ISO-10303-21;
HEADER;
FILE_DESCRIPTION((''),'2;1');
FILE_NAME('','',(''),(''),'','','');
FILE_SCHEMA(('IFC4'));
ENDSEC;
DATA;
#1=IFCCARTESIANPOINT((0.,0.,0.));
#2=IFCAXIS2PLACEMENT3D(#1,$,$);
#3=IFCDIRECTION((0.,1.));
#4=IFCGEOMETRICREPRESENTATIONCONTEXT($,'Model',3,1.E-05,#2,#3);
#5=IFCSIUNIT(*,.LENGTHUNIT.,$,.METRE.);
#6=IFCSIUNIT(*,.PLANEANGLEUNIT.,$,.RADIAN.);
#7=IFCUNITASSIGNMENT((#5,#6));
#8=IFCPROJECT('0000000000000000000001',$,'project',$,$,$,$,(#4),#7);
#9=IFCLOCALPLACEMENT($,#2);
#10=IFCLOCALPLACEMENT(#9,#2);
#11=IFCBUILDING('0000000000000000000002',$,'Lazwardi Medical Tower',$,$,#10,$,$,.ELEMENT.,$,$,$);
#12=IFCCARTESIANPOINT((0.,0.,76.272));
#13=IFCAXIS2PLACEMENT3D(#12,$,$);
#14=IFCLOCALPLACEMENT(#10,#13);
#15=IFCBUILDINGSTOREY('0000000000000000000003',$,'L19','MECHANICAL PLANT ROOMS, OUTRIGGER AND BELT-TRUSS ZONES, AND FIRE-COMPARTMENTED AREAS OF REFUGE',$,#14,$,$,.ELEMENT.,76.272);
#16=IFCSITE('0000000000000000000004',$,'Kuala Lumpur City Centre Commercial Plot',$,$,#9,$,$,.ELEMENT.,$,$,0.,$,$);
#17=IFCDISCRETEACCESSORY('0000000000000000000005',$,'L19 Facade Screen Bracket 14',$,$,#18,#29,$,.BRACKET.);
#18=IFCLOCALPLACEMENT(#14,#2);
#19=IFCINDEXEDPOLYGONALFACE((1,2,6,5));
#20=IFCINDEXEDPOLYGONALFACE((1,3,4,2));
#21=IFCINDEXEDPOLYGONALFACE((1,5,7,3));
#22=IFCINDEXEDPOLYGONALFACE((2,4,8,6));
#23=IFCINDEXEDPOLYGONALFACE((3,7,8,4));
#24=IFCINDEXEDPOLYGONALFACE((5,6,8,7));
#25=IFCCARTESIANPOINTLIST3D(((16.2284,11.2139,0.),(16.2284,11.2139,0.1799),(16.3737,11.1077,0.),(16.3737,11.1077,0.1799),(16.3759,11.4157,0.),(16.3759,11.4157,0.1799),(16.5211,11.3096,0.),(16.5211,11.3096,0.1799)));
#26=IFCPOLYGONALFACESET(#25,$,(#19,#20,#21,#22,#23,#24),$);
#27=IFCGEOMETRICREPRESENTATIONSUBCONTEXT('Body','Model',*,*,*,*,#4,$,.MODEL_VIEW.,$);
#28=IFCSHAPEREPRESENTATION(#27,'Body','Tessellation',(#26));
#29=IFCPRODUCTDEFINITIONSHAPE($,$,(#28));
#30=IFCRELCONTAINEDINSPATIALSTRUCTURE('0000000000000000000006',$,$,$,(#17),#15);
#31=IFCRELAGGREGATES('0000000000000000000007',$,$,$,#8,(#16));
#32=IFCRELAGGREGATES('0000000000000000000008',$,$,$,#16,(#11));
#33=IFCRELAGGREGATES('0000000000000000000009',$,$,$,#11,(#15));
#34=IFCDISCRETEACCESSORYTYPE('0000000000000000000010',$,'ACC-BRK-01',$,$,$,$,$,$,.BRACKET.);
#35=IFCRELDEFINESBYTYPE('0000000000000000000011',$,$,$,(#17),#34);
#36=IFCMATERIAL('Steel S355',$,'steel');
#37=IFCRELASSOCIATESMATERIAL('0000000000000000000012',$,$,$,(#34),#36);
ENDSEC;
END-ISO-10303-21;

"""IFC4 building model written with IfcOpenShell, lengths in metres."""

from ifc_helpers import new_model, si_unit, direction, frame, origin, origin_2d, place, context, subcontext, project, spatial, rectangle, extrude, material, type_object, element, save


model = new_model("IFC4")

# Units and contexts
model_context = context("Model", 3, precision=1e-05, world=origin(), true_north=direction((0.0, 1.0)))
body_context = subcontext(model_context, "Body", "Model", "MODEL_VIEW")
ifc_project = project(units=[si_unit("LENGTHUNIT", "METRE"), si_unit("PLANEANGLEUNIT", "RADIAN")], contexts=[model_context])

# Site, building, storey
site_placement = place(None, origin())
site = spatial("IfcSite", under=ifc_project, at=site_placement, Name="Kuala Lumpur City Centre Commercial Plot", CompositionType="ELEMENT", RefElevation=0.0)
building_placement = place(site_placement, origin())
building = spatial("IfcBuilding", under=site, at=building_placement, Name="Lazwardi Medical Tower", CompositionType="ELEMENT")
storey_placement = place(building_placement, frame((0.0, 0.0, 76.272)))
storey = spatial("IfcBuildingStorey", under=building, at=storey_placement, Name="L19", Description="MECHANICAL PLANT ROOMS, OUTRIGGER AND BELT-TRUSS ZONES, AND FIRE-COMPARTMENTED AREAS OF REFUGE", CompositionType="ELEMENT", Elevation=76.272)

# Shared definitions
ifc_material_1 = material(Name="Steel S355", Category="steel")

# Discrete accessory
discrete_accessory_type = type_object("IfcDiscreteAccessoryType", Name="ACC-BRK-01", PredefinedType="BRACKET", material=ifc_material_1)
discrete_accessory_placement = place(storey_placement, frame((16.3748, 11.2617, 0.0), z_axis=(0.0, 0.0, 1.0), x_axis=(0.807456, -0.589928, 0.0)))
element("IfcDiscreteAccessory", 1, at=discrete_accessory_placement, inside=storey, type_object=discrete_accessory_type, Name="L19 Facade Screen Bracket 14", PredefinedType="BRACKET", context=body_context, shape_type="SweptSolid", body=[
    extrude(rectangle(XDim=0.1799, YDim=0.25, at=origin_2d()), origin(), (0.0, 0.0, 1.0), 0.1799),
])

save(model, "model.ifc")
